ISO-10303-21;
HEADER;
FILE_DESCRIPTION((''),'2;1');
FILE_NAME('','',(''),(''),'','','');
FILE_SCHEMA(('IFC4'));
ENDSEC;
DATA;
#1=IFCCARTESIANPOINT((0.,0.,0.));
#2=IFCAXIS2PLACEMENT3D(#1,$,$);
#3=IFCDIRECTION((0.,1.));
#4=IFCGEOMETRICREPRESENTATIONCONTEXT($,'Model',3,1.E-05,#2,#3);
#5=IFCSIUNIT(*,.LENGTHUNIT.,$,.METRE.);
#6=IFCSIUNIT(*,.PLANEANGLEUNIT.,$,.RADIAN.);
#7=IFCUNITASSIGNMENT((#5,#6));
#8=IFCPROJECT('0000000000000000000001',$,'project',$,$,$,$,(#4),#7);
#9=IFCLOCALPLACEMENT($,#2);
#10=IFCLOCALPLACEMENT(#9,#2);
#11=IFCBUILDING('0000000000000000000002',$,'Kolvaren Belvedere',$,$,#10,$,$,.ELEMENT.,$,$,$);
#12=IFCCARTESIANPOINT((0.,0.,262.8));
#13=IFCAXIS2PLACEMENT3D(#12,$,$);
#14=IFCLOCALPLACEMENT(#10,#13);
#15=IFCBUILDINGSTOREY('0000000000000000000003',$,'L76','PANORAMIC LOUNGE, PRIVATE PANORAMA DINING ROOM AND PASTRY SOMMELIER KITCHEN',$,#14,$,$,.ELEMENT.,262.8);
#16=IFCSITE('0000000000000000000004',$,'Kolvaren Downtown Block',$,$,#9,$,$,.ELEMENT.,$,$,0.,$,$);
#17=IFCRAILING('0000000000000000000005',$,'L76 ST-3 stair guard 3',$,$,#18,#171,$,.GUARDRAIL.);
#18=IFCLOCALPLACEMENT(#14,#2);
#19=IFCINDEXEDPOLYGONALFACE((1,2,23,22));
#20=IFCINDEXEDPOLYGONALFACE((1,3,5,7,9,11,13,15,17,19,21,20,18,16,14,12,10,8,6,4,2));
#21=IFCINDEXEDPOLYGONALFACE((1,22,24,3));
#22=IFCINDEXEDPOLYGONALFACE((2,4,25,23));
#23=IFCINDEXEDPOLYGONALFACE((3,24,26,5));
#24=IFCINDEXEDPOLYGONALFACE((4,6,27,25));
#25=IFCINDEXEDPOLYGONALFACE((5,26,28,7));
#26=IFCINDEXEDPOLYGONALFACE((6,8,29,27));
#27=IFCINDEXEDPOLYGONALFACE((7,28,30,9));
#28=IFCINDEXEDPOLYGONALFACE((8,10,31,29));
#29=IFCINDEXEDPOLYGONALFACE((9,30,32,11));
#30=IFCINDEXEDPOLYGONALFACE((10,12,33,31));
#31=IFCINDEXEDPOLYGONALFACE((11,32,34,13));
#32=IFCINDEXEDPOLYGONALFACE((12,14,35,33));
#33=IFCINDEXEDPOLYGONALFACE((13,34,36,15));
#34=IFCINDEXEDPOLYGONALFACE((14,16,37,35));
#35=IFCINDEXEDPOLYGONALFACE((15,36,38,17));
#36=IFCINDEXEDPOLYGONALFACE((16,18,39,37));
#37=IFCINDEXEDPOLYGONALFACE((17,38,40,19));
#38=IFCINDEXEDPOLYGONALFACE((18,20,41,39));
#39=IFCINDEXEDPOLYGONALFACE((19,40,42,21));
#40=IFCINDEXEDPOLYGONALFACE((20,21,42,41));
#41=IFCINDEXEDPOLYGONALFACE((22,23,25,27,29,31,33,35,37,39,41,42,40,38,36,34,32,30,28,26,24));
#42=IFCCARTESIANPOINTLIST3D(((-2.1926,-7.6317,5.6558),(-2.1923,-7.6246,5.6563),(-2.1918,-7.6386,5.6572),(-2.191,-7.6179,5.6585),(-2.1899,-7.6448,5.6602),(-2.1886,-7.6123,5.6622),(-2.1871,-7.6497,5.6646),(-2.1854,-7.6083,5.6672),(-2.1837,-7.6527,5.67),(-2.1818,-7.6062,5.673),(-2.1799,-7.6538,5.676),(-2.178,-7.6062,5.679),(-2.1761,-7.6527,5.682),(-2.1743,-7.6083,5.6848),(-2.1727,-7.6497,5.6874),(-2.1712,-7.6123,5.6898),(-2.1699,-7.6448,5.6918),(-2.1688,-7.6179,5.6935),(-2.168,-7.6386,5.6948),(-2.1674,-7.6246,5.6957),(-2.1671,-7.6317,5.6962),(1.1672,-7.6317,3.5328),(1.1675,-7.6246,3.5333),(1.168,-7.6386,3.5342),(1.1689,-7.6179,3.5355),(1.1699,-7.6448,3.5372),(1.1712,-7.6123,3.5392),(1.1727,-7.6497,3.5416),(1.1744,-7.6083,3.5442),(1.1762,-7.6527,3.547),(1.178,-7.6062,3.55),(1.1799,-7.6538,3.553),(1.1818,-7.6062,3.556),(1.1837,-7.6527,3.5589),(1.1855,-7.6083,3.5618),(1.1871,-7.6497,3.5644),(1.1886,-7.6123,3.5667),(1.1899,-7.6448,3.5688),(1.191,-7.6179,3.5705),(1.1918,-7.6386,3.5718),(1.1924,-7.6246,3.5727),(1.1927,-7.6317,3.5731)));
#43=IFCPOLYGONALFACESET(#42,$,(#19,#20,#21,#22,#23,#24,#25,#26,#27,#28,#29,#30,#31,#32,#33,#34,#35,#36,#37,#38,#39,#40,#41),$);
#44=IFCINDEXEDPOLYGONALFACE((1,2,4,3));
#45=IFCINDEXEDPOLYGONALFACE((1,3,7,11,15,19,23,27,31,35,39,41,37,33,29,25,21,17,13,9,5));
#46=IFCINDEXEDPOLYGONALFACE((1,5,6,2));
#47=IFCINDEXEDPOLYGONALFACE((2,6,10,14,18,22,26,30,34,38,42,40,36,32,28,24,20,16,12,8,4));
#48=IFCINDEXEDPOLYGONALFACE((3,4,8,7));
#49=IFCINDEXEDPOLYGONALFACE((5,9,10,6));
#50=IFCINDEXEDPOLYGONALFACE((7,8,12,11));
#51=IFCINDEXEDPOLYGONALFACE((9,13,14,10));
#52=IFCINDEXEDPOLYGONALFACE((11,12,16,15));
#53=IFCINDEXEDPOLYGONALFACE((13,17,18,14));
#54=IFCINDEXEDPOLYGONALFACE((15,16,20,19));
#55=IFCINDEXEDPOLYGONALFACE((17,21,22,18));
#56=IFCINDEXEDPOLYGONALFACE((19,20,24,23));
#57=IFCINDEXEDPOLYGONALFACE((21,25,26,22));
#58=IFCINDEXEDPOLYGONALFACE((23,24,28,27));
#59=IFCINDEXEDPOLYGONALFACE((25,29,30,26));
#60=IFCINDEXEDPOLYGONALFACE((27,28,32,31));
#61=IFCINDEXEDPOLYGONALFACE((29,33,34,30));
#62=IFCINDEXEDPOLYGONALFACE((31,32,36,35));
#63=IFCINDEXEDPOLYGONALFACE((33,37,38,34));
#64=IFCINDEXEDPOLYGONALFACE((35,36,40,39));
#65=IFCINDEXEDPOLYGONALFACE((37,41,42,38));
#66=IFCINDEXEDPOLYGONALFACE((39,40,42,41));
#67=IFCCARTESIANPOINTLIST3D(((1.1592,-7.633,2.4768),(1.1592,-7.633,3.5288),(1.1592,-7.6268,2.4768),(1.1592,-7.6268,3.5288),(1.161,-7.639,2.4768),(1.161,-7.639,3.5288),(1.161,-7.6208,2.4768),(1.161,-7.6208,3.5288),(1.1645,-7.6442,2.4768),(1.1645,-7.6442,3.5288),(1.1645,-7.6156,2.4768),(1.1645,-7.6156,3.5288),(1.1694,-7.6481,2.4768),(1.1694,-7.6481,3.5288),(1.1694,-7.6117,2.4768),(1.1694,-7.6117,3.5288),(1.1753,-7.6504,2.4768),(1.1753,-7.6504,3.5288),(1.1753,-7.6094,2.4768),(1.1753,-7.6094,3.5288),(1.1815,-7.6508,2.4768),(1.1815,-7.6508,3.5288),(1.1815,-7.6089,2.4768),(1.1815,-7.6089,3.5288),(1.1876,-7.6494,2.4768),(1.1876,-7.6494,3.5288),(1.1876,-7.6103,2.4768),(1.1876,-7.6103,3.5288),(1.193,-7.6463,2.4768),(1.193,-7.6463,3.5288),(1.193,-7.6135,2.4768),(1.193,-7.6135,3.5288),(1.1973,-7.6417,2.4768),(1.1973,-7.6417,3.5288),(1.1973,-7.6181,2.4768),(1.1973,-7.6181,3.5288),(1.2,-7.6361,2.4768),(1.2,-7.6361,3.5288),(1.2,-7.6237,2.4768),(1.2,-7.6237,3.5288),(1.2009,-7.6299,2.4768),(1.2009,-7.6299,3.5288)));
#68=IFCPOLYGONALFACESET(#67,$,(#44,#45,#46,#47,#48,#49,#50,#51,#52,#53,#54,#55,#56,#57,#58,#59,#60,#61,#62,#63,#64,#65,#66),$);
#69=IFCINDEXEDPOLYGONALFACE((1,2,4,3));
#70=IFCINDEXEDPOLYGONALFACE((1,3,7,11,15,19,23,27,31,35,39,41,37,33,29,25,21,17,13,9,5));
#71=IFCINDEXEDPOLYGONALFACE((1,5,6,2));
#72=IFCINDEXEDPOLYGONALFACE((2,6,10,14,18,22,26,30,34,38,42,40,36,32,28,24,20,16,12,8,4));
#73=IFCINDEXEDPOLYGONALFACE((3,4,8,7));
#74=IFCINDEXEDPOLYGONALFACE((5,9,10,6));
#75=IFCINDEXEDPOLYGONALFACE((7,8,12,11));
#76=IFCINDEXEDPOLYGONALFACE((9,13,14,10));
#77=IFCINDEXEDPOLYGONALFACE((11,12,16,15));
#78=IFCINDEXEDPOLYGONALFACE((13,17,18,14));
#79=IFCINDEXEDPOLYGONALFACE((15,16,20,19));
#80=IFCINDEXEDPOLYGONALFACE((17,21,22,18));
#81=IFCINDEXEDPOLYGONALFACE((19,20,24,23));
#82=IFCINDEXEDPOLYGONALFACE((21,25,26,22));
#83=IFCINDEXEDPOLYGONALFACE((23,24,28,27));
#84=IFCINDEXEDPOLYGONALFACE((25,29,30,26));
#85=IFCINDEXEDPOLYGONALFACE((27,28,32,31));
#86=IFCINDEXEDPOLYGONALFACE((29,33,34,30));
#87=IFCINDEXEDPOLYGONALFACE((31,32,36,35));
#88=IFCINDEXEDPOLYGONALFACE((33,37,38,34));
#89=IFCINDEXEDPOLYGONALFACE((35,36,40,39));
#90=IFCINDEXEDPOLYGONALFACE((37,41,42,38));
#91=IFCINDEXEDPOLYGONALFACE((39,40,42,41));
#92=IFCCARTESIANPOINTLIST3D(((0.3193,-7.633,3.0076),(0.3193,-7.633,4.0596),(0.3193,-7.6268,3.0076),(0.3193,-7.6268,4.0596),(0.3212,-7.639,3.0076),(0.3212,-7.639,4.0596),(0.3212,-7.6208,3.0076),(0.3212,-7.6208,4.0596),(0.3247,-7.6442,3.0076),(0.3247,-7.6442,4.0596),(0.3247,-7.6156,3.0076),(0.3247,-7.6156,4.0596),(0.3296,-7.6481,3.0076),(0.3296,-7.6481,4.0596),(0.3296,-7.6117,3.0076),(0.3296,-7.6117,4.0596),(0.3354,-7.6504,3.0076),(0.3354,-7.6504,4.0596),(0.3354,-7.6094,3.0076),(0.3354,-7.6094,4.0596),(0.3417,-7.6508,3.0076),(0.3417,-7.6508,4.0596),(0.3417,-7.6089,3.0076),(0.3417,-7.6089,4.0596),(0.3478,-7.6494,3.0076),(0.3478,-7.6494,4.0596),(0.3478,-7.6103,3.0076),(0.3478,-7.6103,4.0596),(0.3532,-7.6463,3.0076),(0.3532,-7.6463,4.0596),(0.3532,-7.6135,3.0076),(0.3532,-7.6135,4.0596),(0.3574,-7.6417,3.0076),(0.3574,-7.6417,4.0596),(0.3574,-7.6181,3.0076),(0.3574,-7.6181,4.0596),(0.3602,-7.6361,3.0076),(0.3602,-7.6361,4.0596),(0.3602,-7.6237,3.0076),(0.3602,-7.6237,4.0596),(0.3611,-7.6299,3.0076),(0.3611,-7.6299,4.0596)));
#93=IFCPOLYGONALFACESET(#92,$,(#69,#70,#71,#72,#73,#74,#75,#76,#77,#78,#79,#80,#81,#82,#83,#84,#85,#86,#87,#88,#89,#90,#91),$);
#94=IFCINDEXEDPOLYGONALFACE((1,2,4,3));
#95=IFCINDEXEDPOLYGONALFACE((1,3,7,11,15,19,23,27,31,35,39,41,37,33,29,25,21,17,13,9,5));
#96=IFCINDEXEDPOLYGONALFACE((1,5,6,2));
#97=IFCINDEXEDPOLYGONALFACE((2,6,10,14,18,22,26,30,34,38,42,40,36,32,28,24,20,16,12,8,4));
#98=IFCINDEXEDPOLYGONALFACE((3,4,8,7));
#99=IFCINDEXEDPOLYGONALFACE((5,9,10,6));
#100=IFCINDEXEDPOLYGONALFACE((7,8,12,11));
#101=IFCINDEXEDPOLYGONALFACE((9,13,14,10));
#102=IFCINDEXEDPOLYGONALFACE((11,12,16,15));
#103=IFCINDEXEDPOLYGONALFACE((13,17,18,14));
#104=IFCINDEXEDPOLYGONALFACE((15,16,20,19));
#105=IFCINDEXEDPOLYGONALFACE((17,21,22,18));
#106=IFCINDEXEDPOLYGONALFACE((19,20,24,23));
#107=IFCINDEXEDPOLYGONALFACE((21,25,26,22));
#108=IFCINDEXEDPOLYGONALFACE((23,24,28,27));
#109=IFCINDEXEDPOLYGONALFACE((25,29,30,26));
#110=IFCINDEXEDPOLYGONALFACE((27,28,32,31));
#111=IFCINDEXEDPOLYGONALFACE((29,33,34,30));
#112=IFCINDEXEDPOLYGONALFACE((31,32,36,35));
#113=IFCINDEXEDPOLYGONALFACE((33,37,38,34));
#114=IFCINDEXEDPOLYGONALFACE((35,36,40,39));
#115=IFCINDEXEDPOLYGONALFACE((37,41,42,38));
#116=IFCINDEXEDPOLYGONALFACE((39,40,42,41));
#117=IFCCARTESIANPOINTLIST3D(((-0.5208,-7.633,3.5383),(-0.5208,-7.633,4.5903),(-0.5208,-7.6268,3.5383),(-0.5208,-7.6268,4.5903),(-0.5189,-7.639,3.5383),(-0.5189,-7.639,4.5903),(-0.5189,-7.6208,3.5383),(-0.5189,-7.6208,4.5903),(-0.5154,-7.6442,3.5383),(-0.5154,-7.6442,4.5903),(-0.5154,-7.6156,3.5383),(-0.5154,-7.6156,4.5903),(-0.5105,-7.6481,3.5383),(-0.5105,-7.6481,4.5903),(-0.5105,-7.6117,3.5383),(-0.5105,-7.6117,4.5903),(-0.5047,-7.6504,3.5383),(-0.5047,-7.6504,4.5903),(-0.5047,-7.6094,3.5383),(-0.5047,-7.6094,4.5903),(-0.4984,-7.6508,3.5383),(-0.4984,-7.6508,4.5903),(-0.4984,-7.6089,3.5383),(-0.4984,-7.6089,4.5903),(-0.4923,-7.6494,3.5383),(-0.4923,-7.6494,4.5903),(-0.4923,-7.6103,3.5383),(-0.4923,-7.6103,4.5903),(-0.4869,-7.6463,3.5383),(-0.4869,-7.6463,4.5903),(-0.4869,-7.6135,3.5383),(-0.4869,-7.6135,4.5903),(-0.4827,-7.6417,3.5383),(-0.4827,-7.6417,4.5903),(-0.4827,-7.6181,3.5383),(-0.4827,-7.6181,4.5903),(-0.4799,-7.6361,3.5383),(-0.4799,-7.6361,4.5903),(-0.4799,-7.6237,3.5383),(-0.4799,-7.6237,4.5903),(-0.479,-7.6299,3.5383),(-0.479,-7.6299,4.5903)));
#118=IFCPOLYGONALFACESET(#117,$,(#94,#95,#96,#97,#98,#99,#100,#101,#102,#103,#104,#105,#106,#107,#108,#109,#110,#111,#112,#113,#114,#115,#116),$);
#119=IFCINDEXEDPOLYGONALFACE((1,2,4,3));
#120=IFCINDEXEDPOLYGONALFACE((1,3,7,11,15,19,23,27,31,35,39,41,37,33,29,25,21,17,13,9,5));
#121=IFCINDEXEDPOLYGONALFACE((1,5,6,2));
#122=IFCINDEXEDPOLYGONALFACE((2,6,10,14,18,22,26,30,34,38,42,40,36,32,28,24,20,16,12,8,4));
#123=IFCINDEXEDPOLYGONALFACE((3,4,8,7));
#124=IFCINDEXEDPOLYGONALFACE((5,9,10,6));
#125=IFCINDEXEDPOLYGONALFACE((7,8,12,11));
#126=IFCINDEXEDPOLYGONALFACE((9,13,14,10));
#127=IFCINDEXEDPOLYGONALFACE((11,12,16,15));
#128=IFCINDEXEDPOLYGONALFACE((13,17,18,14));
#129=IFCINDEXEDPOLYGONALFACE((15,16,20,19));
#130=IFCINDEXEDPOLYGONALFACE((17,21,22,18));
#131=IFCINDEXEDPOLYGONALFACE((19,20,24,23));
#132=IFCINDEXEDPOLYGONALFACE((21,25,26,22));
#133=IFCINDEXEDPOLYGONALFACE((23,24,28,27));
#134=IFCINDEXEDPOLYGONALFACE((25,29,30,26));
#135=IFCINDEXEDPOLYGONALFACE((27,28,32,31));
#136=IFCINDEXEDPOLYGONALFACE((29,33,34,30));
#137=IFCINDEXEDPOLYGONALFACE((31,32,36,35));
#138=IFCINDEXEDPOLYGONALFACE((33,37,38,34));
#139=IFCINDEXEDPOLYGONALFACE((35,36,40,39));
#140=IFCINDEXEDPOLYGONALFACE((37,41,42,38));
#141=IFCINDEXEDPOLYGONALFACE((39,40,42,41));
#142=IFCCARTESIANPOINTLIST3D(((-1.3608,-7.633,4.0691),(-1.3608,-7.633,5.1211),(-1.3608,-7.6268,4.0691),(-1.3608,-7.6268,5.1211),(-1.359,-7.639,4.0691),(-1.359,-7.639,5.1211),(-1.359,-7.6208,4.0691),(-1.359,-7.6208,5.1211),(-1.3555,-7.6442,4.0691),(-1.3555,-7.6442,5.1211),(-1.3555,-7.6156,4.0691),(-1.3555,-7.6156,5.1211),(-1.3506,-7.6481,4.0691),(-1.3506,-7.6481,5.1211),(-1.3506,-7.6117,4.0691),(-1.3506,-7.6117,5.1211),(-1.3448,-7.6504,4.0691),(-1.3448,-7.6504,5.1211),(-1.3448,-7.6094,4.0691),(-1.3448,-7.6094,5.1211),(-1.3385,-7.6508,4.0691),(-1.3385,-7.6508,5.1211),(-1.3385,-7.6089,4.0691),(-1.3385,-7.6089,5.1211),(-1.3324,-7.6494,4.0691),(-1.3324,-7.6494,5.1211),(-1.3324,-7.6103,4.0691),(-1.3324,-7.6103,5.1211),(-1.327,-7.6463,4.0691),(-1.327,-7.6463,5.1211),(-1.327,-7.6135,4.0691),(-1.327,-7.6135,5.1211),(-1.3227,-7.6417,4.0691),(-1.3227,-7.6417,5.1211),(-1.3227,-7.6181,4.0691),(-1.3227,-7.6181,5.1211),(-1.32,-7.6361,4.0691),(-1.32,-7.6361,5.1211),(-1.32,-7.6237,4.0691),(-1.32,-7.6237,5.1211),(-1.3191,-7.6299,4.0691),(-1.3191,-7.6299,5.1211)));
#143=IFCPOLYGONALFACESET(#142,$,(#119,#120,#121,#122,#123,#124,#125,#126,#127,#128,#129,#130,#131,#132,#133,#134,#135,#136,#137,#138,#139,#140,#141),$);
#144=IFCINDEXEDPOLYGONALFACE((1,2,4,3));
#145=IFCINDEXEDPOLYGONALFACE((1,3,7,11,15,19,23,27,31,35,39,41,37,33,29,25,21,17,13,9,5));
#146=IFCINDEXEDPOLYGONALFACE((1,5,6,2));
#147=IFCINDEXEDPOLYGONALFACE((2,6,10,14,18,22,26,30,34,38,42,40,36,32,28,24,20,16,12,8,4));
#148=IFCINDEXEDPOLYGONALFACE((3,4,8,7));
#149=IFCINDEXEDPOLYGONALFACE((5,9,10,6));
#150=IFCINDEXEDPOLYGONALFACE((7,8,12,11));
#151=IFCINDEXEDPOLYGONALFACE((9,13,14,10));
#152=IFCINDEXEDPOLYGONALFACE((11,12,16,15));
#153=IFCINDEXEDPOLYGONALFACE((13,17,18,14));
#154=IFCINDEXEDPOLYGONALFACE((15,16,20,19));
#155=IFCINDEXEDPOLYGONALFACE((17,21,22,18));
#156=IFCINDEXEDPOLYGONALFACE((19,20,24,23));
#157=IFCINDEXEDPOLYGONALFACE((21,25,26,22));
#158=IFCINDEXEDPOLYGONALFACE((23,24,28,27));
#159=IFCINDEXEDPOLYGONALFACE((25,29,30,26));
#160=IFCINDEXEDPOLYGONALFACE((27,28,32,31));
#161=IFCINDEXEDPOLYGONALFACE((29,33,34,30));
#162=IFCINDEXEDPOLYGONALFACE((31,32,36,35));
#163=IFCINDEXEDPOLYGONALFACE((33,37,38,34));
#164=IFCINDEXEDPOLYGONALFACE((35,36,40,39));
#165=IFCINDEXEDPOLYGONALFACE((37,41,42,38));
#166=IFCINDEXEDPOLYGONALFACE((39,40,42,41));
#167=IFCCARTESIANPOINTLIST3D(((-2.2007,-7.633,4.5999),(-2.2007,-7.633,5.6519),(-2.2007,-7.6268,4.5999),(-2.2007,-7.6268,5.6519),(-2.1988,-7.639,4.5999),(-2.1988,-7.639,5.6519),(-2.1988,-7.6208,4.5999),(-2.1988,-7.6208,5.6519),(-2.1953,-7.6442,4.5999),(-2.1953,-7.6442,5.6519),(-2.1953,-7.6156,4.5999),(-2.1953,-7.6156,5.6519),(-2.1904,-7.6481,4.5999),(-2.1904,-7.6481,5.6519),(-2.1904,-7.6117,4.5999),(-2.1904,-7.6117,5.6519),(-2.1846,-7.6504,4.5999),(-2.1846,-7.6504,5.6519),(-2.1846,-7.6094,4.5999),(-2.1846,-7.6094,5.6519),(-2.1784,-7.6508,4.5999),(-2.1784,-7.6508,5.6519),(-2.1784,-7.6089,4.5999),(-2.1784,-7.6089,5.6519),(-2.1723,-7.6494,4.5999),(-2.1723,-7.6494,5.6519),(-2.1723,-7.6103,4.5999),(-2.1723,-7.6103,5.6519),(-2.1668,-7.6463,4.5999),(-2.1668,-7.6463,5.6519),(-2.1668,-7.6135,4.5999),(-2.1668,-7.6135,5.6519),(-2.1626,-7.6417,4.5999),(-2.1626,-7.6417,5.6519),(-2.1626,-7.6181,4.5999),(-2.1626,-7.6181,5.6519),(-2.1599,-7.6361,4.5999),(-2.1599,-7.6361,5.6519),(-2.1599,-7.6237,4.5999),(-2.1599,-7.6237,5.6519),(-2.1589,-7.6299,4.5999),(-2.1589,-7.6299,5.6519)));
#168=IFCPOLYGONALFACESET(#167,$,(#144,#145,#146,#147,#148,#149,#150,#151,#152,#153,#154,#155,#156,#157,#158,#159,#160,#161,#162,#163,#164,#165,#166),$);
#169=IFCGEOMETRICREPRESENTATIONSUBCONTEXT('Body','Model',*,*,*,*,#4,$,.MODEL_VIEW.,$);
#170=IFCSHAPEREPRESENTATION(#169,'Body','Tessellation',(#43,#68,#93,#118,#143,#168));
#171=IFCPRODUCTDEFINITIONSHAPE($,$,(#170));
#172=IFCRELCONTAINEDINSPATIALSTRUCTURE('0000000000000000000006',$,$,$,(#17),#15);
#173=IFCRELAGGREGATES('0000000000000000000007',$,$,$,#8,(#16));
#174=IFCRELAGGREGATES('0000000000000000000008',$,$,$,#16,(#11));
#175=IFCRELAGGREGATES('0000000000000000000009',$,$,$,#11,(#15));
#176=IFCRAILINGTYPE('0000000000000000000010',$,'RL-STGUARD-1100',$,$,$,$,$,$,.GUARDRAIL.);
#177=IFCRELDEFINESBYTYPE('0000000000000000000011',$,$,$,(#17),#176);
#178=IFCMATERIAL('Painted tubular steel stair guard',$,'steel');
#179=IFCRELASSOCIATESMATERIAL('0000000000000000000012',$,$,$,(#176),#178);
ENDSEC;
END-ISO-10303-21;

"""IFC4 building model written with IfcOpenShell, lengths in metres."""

from ifc_helpers import new_model, si_unit, direction, frame, origin, origin_2d, place, context, subcontext, project, spatial, circle, extrude, material, type_object, element, save


model = new_model("IFC4")

# Units and contexts
model_context = context("Model", 3, precision=1e-05, world=origin(), true_north=direction((0.0, 1.0)))
body_context = subcontext(model_context, "Body", "Model", "MODEL_VIEW")
ifc_project = project(units=[si_unit("LENGTHUNIT", "METRE"), si_unit("PLANEANGLEUNIT", "RADIAN")], contexts=[model_context])

# Site, building, storey
site_placement = place(None, origin())
site = spatial("IfcSite", under=ifc_project, at=site_placement, Name="Kolvaren Downtown Block", CompositionType="ELEMENT", RefElevation=0.0)
building_placement = place(site_placement, origin())
building = spatial("IfcBuilding", under=site, at=building_placement, Name="Kolvaren Belvedere", CompositionType="ELEMENT")
storey_placement = place(building_placement, frame((0.0, 0.0, 262.8)))
storey = spatial("IfcBuildingStorey", under=building, at=storey_placement, Name="L76", Description="PANORAMIC LOUNGE, PRIVATE PANORAMA DINING ROOM AND PASTRY SOMMELIER KITCHEN", CompositionType="ELEMENT", Elevation=262.8)

# Railing
ifc_material_1 = material(Name="Painted tubular steel stair guard", Category="steel")
railing_type_1 = type_object("IfcRailingType", Name="RL-STGUARD-1100", PredefinedType="GUARDRAIL", material=ifc_material_1)
railing_1_placement = place(storey_placement, frame((1.1799, -7.6299, 2.4768)))
element("IfcRailing", 1, at=railing_1_placement, inside=storey, type_object=railing_type_1, Name="L76 ST-3 stair guard 3", PredefinedType="GUARDRAIL", context=body_context, shape_type="SweptSolid", body=[
    extrude(circle(Radius=0.0239, at=origin_2d()), frame((0.0, 0.0, 1.0762), z_axis=(-0.845372, 0.0, 0.534178), x_axis=(0.0, -1.0, 0.0)), (0.0, 0.0, 1.0), 3.9744),
    extrude(circle(Radius=0.021, at=origin_2d()), origin(), (0.0, 0.0, 1.0), 1.052),
    extrude(circle(Radius=0.021, at=origin_2d()), frame((-0.8398, 0.0, 0.5308)), (0.0, 0.0, 1.0), 1.052),
    extrude(circle(Radius=0.021, at=origin_2d()), frame((-1.6799, 0.0, 1.0615)), (0.0, 0.0, 1.0), 1.052),
    extrude(circle(Radius=0.021, at=origin_2d()), frame((-2.52, 0.0, 1.5923)), (0.0, 0.0, 1.0), 1.052),
    extrude(circle(Radius=0.021, at=origin_2d()), frame((-3.3599, 0.0, 2.123)), (0.0, 0.0, 1.0), 1.052),
])

save(model, "model.ifc")
